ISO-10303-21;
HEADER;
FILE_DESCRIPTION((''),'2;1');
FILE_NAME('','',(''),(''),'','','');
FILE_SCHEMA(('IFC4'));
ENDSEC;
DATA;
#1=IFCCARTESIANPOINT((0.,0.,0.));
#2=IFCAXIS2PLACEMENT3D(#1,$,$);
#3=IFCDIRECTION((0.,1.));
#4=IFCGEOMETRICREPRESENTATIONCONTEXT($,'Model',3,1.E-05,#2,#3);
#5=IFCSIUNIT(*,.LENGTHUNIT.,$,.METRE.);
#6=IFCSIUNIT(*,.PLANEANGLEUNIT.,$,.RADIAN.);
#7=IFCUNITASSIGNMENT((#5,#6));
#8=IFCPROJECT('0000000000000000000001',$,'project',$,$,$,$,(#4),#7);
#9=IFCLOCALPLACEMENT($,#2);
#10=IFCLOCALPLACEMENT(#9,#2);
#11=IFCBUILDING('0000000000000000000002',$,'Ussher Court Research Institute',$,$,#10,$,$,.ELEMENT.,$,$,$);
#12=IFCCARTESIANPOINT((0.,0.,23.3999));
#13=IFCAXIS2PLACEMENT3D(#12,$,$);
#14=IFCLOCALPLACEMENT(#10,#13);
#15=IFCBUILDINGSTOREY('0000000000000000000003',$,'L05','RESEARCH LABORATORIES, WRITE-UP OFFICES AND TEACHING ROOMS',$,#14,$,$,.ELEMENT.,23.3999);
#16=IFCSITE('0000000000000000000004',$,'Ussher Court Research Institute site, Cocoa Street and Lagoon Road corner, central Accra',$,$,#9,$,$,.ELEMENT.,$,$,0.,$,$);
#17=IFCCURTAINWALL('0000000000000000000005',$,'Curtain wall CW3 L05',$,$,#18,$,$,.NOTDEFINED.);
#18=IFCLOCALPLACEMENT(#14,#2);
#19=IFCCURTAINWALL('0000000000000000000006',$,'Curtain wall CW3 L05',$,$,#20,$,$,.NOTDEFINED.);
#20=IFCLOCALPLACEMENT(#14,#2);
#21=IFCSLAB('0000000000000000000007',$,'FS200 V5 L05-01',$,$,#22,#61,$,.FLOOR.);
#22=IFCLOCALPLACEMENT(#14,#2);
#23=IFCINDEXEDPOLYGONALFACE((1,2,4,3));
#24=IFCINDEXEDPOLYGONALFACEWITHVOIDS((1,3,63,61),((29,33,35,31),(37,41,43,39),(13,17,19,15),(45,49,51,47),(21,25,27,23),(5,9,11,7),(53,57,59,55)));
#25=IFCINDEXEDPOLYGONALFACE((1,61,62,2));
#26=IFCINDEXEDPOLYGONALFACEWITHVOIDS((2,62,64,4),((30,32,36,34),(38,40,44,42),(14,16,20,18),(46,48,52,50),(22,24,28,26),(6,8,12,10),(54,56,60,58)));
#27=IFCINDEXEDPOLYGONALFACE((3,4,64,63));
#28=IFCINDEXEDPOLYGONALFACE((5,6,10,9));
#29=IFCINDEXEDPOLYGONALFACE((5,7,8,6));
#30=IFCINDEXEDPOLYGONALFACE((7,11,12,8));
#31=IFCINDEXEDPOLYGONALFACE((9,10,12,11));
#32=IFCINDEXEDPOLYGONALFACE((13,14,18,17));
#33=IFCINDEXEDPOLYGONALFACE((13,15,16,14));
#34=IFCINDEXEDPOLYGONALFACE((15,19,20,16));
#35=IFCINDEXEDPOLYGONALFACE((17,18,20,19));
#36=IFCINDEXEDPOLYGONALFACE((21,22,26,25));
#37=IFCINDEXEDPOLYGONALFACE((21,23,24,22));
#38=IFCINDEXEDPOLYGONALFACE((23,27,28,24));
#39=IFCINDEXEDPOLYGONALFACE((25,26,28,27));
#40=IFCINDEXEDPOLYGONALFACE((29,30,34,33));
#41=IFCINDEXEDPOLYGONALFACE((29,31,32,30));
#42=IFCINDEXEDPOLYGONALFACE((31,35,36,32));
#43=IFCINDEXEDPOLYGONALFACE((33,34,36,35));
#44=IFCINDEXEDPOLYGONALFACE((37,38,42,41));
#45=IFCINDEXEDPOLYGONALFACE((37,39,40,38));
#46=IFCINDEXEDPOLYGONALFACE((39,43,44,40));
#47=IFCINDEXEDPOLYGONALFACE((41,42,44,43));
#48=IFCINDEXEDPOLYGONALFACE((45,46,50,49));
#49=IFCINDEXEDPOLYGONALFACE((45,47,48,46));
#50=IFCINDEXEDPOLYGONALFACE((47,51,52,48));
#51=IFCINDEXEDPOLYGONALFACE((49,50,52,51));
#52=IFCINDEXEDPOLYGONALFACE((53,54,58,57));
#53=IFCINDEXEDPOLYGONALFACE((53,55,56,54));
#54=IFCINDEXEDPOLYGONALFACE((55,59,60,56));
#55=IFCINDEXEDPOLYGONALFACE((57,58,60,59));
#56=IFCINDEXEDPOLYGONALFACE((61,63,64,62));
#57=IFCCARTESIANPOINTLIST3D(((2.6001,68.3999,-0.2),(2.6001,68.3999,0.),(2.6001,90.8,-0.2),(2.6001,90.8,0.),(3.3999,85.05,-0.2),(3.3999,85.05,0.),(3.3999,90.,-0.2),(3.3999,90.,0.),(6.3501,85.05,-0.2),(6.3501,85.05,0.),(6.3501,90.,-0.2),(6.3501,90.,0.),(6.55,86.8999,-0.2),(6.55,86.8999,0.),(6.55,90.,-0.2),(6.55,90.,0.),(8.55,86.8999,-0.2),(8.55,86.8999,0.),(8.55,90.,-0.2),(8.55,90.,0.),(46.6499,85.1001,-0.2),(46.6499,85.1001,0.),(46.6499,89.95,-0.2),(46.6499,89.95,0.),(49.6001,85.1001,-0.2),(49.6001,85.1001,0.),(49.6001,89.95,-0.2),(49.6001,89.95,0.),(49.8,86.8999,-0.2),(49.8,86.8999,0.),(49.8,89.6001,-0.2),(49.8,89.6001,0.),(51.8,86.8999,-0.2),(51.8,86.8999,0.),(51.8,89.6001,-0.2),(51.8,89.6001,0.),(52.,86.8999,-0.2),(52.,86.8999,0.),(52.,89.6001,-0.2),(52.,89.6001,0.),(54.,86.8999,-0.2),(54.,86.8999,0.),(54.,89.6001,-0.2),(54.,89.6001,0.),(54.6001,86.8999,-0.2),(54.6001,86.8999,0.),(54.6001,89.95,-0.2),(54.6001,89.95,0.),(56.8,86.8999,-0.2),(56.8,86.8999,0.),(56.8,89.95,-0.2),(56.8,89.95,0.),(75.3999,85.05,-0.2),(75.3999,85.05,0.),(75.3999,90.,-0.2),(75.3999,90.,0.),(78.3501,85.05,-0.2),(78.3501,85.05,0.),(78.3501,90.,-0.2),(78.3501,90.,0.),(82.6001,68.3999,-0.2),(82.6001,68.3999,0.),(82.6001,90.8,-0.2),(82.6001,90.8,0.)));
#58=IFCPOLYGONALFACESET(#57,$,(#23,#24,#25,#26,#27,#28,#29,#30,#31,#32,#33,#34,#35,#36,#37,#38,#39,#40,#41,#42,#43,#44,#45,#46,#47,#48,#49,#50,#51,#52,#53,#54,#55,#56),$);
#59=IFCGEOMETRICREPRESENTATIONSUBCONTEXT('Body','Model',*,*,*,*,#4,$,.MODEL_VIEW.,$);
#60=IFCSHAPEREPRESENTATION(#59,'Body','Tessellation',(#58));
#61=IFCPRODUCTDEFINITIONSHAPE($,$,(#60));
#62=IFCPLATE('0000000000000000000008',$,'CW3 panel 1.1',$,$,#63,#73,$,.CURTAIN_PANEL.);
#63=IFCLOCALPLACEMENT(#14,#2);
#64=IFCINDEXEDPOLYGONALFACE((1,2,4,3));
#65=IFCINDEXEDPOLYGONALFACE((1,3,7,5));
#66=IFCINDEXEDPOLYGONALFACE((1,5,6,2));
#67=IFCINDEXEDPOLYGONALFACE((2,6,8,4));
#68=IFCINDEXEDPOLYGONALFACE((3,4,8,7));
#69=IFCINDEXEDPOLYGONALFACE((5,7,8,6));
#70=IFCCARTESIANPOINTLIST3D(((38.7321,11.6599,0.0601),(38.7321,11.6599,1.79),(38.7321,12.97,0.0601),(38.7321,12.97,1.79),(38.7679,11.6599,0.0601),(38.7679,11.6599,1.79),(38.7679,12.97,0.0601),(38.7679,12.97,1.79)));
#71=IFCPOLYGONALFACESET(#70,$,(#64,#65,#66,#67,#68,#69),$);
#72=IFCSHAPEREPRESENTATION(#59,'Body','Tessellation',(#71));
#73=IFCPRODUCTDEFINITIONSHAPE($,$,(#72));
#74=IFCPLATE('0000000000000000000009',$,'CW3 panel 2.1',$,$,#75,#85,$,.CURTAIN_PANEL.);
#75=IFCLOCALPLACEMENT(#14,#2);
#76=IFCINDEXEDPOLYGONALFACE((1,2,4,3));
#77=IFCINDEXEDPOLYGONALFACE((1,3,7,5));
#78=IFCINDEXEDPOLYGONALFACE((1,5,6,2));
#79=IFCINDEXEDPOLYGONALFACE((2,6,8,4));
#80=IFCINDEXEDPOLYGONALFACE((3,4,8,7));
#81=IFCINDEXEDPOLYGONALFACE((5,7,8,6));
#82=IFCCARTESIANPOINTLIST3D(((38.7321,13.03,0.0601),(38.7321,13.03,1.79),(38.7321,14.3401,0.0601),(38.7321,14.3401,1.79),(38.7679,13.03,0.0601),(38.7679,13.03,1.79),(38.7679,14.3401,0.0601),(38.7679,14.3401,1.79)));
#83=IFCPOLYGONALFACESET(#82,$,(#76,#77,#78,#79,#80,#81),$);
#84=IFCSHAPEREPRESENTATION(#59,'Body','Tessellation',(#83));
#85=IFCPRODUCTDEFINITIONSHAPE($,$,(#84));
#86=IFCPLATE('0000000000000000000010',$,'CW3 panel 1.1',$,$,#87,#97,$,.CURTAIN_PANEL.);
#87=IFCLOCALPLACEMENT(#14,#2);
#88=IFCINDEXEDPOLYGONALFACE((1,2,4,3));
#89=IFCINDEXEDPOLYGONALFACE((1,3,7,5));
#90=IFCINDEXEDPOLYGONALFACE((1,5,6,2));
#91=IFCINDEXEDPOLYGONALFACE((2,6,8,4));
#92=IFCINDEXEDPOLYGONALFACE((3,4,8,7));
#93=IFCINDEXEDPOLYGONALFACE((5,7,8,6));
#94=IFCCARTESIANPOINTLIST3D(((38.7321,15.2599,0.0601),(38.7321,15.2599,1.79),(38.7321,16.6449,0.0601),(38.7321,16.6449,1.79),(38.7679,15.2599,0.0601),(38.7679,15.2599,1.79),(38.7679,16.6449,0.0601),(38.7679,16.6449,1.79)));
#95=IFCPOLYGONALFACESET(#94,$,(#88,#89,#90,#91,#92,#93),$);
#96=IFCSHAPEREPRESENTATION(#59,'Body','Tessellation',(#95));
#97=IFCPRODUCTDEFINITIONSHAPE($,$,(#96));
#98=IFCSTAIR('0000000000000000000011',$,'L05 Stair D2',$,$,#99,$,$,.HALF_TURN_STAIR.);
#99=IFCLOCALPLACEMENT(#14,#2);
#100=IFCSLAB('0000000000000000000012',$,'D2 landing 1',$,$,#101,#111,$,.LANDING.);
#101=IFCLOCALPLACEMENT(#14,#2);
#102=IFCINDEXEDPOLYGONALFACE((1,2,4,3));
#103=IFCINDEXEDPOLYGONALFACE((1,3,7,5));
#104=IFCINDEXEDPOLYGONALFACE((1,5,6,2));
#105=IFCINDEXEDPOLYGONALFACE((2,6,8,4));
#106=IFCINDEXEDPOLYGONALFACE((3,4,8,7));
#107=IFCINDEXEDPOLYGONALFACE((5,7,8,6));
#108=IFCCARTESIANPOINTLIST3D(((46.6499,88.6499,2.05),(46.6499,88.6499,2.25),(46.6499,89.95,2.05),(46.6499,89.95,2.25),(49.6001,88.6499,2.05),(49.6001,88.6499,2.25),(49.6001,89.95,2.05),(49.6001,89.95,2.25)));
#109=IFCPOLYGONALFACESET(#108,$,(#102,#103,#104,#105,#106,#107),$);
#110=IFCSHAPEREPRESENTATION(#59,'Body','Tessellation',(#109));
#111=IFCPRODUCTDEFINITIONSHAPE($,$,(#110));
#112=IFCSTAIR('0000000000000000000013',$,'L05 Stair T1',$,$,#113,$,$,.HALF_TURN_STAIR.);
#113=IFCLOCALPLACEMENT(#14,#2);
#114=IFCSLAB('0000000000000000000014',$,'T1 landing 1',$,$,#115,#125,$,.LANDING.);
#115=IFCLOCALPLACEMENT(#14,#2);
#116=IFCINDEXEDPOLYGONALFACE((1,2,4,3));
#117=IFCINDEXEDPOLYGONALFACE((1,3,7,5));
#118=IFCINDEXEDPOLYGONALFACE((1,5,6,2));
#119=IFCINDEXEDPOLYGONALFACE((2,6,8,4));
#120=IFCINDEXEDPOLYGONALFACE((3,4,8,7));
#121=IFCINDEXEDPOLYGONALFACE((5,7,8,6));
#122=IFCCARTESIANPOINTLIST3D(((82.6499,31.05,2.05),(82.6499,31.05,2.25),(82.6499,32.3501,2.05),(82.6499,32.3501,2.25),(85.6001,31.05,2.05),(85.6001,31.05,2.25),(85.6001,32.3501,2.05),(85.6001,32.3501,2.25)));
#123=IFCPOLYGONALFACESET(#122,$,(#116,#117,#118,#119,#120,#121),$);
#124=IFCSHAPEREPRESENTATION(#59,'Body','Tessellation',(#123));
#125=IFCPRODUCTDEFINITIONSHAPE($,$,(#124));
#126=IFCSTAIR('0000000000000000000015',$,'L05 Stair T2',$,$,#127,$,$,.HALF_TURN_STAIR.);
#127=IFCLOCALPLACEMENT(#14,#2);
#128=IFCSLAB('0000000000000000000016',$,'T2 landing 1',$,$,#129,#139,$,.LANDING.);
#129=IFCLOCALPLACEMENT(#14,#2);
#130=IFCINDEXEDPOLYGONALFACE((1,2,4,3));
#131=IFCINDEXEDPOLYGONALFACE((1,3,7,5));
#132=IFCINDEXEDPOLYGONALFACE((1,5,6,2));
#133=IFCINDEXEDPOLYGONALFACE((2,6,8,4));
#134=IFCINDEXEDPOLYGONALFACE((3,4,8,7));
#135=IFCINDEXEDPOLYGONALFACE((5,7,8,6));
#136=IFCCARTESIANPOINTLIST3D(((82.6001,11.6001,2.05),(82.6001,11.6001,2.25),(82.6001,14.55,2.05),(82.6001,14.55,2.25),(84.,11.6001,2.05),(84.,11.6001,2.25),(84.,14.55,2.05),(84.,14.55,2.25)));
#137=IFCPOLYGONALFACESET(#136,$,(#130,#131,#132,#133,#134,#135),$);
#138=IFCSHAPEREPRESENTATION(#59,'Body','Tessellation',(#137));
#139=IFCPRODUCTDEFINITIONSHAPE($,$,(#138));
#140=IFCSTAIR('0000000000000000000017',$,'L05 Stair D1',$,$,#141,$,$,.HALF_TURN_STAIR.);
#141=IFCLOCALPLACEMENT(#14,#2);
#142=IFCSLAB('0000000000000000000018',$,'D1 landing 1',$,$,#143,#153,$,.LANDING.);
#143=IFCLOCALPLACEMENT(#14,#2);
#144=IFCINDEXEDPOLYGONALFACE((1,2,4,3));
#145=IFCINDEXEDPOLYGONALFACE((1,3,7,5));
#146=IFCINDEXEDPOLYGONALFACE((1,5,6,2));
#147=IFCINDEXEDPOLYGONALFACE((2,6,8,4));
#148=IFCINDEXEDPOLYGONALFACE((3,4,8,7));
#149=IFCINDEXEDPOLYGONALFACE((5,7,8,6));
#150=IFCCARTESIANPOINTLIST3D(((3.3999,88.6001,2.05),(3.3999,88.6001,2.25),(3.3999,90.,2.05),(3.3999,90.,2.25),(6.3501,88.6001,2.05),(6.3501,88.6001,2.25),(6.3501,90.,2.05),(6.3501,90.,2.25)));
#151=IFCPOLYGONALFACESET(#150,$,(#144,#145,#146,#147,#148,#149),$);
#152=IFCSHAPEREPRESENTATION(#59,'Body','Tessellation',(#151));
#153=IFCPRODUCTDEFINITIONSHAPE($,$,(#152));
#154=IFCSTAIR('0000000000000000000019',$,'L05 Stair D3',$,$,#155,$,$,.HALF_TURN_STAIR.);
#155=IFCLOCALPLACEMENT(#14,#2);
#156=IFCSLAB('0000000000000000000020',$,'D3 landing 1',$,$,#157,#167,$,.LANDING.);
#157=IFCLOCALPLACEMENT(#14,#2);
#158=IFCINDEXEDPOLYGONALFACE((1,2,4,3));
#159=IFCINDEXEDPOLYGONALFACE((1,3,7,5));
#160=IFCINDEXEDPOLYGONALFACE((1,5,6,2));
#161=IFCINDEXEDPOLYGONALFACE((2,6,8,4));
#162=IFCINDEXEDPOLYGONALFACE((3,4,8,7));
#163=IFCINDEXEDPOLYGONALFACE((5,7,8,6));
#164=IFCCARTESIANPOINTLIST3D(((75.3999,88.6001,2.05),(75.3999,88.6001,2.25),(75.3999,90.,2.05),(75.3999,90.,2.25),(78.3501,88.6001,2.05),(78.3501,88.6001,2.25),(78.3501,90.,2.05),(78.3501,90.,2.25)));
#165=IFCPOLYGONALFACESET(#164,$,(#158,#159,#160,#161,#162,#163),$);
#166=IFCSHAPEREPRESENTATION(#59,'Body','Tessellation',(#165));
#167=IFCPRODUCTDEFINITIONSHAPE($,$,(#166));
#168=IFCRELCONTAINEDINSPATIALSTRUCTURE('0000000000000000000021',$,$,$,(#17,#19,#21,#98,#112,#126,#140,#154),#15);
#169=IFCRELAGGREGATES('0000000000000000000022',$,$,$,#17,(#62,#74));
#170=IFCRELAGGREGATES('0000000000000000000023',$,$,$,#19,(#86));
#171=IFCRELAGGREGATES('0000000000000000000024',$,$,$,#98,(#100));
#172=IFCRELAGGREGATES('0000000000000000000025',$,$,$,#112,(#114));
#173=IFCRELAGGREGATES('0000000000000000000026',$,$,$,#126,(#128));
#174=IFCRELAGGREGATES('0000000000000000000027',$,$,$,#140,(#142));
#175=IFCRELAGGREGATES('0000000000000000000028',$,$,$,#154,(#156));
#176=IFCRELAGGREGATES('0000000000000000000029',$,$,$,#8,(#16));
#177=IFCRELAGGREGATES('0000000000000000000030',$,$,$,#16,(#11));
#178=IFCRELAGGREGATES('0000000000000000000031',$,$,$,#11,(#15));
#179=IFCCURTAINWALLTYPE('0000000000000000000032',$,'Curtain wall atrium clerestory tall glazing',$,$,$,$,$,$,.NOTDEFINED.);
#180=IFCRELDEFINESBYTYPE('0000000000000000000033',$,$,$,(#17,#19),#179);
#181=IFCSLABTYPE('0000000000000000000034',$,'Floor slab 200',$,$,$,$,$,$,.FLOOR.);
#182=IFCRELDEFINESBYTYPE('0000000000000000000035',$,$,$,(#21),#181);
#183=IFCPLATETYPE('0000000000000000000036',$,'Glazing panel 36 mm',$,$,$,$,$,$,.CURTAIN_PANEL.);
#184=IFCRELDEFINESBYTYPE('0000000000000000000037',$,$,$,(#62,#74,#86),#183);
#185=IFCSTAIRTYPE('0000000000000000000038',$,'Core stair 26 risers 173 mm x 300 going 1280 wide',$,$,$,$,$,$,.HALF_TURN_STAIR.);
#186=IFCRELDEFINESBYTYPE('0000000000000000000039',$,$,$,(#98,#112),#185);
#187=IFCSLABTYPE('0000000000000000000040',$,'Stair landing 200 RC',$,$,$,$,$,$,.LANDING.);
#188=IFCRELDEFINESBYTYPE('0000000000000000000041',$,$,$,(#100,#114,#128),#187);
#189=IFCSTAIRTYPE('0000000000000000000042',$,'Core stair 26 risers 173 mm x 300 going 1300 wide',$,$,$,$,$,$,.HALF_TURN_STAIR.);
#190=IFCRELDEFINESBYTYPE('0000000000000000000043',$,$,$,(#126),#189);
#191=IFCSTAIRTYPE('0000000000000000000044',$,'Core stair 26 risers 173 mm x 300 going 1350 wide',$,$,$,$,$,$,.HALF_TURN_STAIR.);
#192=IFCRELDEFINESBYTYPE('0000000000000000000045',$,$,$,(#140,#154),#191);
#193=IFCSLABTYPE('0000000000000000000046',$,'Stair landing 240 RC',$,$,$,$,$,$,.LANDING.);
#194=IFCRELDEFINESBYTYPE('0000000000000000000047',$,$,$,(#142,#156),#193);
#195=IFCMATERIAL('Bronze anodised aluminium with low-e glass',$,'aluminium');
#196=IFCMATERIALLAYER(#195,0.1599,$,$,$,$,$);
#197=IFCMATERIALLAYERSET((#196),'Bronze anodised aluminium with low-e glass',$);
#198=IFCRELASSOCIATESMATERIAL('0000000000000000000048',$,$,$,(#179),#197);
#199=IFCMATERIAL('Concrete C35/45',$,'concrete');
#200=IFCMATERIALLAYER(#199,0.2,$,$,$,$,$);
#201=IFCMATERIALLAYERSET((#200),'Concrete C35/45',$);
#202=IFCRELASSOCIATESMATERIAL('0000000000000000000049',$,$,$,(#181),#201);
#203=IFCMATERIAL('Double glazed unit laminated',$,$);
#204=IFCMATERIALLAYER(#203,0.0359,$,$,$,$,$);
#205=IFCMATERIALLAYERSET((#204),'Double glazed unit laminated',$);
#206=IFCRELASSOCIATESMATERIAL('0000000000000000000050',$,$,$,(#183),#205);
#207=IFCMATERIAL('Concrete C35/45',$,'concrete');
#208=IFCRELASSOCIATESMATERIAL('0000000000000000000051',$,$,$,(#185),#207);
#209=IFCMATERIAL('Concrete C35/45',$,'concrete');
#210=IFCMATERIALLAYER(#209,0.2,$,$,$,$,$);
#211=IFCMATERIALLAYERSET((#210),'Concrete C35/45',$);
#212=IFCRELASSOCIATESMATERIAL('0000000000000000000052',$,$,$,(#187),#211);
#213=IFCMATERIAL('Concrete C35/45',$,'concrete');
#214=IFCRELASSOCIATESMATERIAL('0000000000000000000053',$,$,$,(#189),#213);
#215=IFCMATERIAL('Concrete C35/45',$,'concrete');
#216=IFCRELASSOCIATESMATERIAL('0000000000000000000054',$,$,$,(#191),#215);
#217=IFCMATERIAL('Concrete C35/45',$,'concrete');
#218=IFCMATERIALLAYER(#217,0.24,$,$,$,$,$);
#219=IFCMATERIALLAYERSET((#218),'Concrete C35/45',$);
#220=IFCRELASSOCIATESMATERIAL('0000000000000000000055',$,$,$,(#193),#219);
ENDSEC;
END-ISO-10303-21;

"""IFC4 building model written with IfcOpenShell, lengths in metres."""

from ifc_helpers import new_model, si_unit, direction, frame, origin, origin_2d, place, context, subcontext, project, spatial, polyline, rectangle, outline, extrude, material, layer, layer_set, type_object, element, aggregate, save


model = new_model("IFC4")

# Units and contexts
model_context = context("Model", 3, precision=1e-05, world=origin(), true_north=direction((0.0, 1.0)))
body_context = subcontext(model_context, "Body", "Model", "MODEL_VIEW")
ifc_project = project(units=[si_unit("LENGTHUNIT", "METRE"), si_unit("PLANEANGLEUNIT", "RADIAN")], contexts=[model_context])

# Site, building, storey
site_placement = place(None, origin())
site = spatial("IfcSite", under=ifc_project, at=site_placement, Name="Ussher Court Research Institute site, Cocoa Street and Lagoon Road corner, central Accra", CompositionType="ELEMENT", RefElevation=0.0)
building_placement = place(site_placement, origin())
building = spatial("IfcBuilding", under=site, at=building_placement, Name="Ussher Court Research Institute", CompositionType="ELEMENT")
storey_placement = place(building_placement, frame((0.0, 0.0, 23.3999)))
storey = spatial("IfcBuildingStorey", under=building, at=storey_placement, Name="L05", Description="RESEARCH LABORATORIES, WRITE-UP OFFICES AND TEACHING ROOMS", CompositionType="ELEMENT", Elevation=23.3999)

# Curtain wall
ifc_material_1 = material(Name="Bronze anodised aluminium with low-e glass", Category="aluminium")
ifc_layer_1 = layer(ifc_material_1, 0.1599)
ifc_layer_set_1 = layer_set([ifc_layer_1], Name="Bronze anodised aluminium with low-e glass")
curtain_wall_type = type_object("IfcCurtainWallType", Name="Curtain wall atrium clerestory tall glazing", PredefinedType="NOTDEFINED", material=ifc_layer_set_1)
curtain_wall_1_placement = place(storey_placement, origin())
curtain_wall_1 = element("IfcCurtainWall", 1, at=curtain_wall_1_placement, inside=storey, type_object=curtain_wall_type, Name="Curtain wall CW3 L05", PredefinedType="NOTDEFINED")

# Curtain wall
curtain_wall_2_placement = place(storey_placement, origin())
curtain_wall_2 = element("IfcCurtainWall", 2, at=curtain_wall_2_placement, inside=storey, type_object=curtain_wall_type, Name="Curtain wall CW3 L05", PredefinedType="NOTDEFINED")

# Slab
ifc_material_2 = material(Name="Concrete C35/45", Category="concrete")
ifc_layer_2 = layer(ifc_material_2, 0.2)
ifc_layer_set_2 = layer_set([ifc_layer_2], Name="Concrete C35/45")
slab_type_1 = type_object("IfcSlabType", Name="Floor slab 200", PredefinedType="FLOOR", material=ifc_layer_set_2)
slab_1_placement = place(storey_placement, frame((0.0, 0.0, -0.2)))
element("IfcSlab", 3, at=slab_1_placement, inside=storey, type_object=slab_type_1, Name="FS200 V5 L05-01", PredefinedType="FLOOR", context=body_context, shape_type="SweptSolid", body=[
    extrude(outline(polyline([(82.6001, 90.8), (2.6001, 90.8), (2.6001, 68.3999), (82.6001, 68.3999), (82.6001, 90.8)]), holes=[polyline([(6.3501, 85.05), (3.3999, 85.05), (3.3999, 90.0), (6.3501, 90.0), (6.3501, 85.05)]), polyline([(46.6499, 85.1001), (46.6499, 89.95), (49.6001, 89.95), (49.6001, 85.1001), (46.6499, 85.1001)]), polyline([(51.8, 86.8999), (49.8, 86.8999), (49.8, 89.6001), (51.8, 89.6001), (51.8, 86.8999)]), polyline([(54.0, 89.6001), (54.0, 86.8999), (52.0, 86.8999), (52.0, 89.6001), (54.0, 89.6001)]), polyline([(56.8, 86.8999), (54.6001, 86.8999), (54.6001, 89.95), (56.8, 89.95), (56.8, 86.8999)]), polyline([(8.55, 86.8999), (6.55, 86.8999), (6.55, 90.0), (8.55, 90.0), (8.55, 86.8999)]), polyline([(75.3999, 85.05), (75.3999, 90.0), (78.3501, 90.0), (78.3501, 85.05), (75.3999, 85.05)])]), origin(), (0.0, 0.0, 1.0), 0.2),
])

# Plates
ifc_material_3 = material(Name="Double glazed unit laminated")
ifc_layer_3 = layer(ifc_material_3, 0.0359)
ifc_layer_set_3 = layer_set([ifc_layer_3], Name="Double glazed unit laminated")
plate_type = type_object("IfcPlateType", Name="Glazing panel 36 mm", PredefinedType="CURTAIN_PANEL", material=ifc_layer_set_3)
plate_1_placement = place(storey_placement, frame((38.75, 12.3149, 0.0601), z_axis=(0.0, 0.0, 1.0), x_axis=(0.0, 1.0, 0.0)))
plate_1 = element("IfcPlate", 4, at=plate_1_placement, type_object=plate_type, Name="CW3 panel 1.1", PredefinedType="CURTAIN_PANEL", context=body_context, shape_type="SweptSolid", body=[
    extrude(rectangle(XDim=1.3101, YDim=0.0359, at=origin_2d()), origin(), (0.0, 0.0, 1.0), 1.73),
])
plate_2_placement = place(storey_placement, frame((38.75, 13.6851, 0.0601), z_axis=(0.0, 0.0, 1.0), x_axis=(0.0, 1.0, 0.0)))
plate_2 = element("IfcPlate", 5, at=plate_2_placement, type_object=plate_type, Name="CW3 panel 2.1", PredefinedType="CURTAIN_PANEL", context=body_context, shape_type="SweptSolid", body=[
    extrude(rectangle(XDim=1.3101, YDim=0.0359, at=origin_2d()), origin(), (0.0, 0.0, 1.0), 1.73),
])
aggregate(curtain_wall_1, [plate_1, plate_2])
plate_3_placement = place(storey_placement, frame((38.75, 15.9524, 0.0601), z_axis=(0.0, 0.0, 1.0), x_axis=(0.0, 1.0, 0.0)))
plate_3 = element("IfcPlate", 6, at=plate_3_placement, type_object=plate_type, Name="CW3 panel 1.1", PredefinedType="CURTAIN_PANEL", context=body_context, shape_type="SweptSolid", body=[
    extrude(rectangle(XDim=1.385, YDim=0.0359, at=origin_2d()), origin(), (0.0, 0.0, 1.0), 1.73),
])
aggregate(curtain_wall_2, [plate_3])

# Stairs, slabs
ifc_material_4 = material(Name="Concrete C35/45", Category="concrete")
stair_type_1 = type_object("IfcStairType", Name="Core stair 26 risers 173 mm x 300 going 1280 wide", PredefinedType="HALF_TURN_STAIR", material=ifc_material_4)
stair_1_placement = place(storey_placement, origin())
stair_1 = element("IfcStair", 7, at=stair_1_placement, inside=storey, type_object=stair_type_1, Name="L05 Stair D2", PredefinedType="HALF_TURN_STAIR")
ifc_material_5 = material(Name="Concrete C35/45", Category="concrete")
ifc_layer_4 = layer(ifc_material_5, 0.2)
ifc_layer_set_4 = layer_set([ifc_layer_4], Name="Concrete C35/45")
slab_type_2 = type_object("IfcSlabType", Name="Stair landing 200 RC", PredefinedType="LANDING", material=ifc_layer_set_4)
slab_2_placement = place(storey_placement, frame((0.0, 0.0, 2.05)))
slab_2 = element("IfcSlab", 8, at=slab_2_placement, type_object=slab_type_2, Name="D2 landing 1", PredefinedType="LANDING", context=body_context, shape_type="SweptSolid", body=[
    extrude(outline(polyline([(49.6001, 88.6499), (49.6001, 89.95), (46.6499, 89.95), (46.6499, 88.6499), (49.6001, 88.6499)])), origin(), (0.0, 0.0, 1.0), 0.2),
])
aggregate(stair_1, [slab_2])
stair_2_placement = place(storey_placement, origin())
stair_2 = element("IfcStair", 9, at=stair_2_placement, inside=storey, type_object=stair_type_1, Name="L05 Stair T1", PredefinedType="HALF_TURN_STAIR")
slab_3_placement = place(storey_placement, frame((0.0, 0.0, 2.05)))
slab_3 = element("IfcSlab", 10, at=slab_3_placement, type_object=slab_type_2, Name="T1 landing 1", PredefinedType="LANDING", context=body_context, shape_type="SweptSolid", body=[
    extrude(outline(polyline([(85.6001, 31.05), (85.6001, 32.3501), (82.6499, 32.3501), (82.6499, 31.05), (85.6001, 31.05)])), origin(), (0.0, 0.0, 1.0), 0.2),
])
aggregate(stair_2, [slab_3])
ifc_material_6 = material(Name="Concrete C35/45", Category="concrete")
stair_type_2 = type_object("IfcStairType", Name="Core stair 26 risers 173 mm x 300 going 1300 wide", PredefinedType="HALF_TURN_STAIR", material=ifc_material_6)
stair_3_placement = place(storey_placement, origin())
stair_3 = element("IfcStair", 11, at=stair_3_placement, inside=storey, type_object=stair_type_2, Name="L05 Stair T2", PredefinedType="HALF_TURN_STAIR")
slab_4_placement = place(storey_placement, frame((0.0, 0.0, 2.05)))
slab_4 = element("IfcSlab", 12, at=slab_4_placement, type_object=slab_type_2, Name="T2 landing 1", PredefinedType="LANDING", context=body_context, shape_type="SweptSolid", body=[
    extrude(outline(polyline([(84.0, 14.55), (82.6001, 14.55), (82.6001, 11.6001), (84.0, 11.6001), (84.0, 14.55)])), origin(), (0.0, 0.0, 1.0), 0.2),
])
aggregate(stair_3, [slab_4])
ifc_material_7 = material(Name="Concrete C35/45", Category="concrete")
stair_type_3 = type_object("IfcStairType", Name="Core stair 26 risers 173 mm x 300 going 1350 wide", PredefinedType="HALF_TURN_STAIR", material=ifc_material_7)
stair_4_placement = place(storey_placement, origin())
stair_4 = element("IfcStair", 13, at=stair_4_placement, inside=storey, type_object=stair_type_3, Name="L05 Stair D1", PredefinedType="HALF_TURN_STAIR")
ifc_material_8 = material(Name="Concrete C35/45", Category="concrete")
ifc_layer_5 = layer(ifc_material_8, 0.24)
ifc_layer_set_5 = layer_set([ifc_layer_5], Name="Concrete C35/45")
slab_type_3 = type_object("IfcSlabType", Name="Stair landing 240 RC", PredefinedType="LANDING", material=ifc_layer_set_5)
slab_5_placement = place(storey_placement, frame((0.0, 0.0, 2.05)))
slab_5 = element("IfcSlab", 14, at=slab_5_placement, type_object=slab_type_3, Name="D1 landing 1", PredefinedType="LANDING", context=body_context, shape_type="SweptSolid", body=[
    extrude(outline(polyline([(6.3501, 88.6001), (6.3501, 90.0), (3.3999, 90.0), (3.3999, 88.6001), (6.3501, 88.6001)])), origin(), (0.0, 0.0, 1.0), 0.2),
])
aggregate(stair_4, [slab_5])
stair_5_placement = place(storey_placement, origin())
stair_5 = element("IfcStair", 15, at=stair_5_placement, inside=storey, type_object=stair_type_3, Name="L05 Stair D3", PredefinedType="HALF_TURN_STAIR")
slab_6_placement = place(storey_placement, frame((0.0, 0.0, 2.05)))
slab_6 = element("IfcSlab", 16, at=slab_6_placement, type_object=slab_type_3, Name="D3 landing 1", PredefinedType="LANDING", context=body_context, shape_type="SweptSolid", body=[
    extrude(outline(polyline([(78.3501, 88.6001), (78.3501, 90.0), (75.3999, 90.0), (75.3999, 88.6001), (78.3501, 88.6001)])), origin(), (0.0, 0.0, 1.0), 0.2),
])
aggregate(stair_5, [slab_6])

save(model, "model.ifc")
